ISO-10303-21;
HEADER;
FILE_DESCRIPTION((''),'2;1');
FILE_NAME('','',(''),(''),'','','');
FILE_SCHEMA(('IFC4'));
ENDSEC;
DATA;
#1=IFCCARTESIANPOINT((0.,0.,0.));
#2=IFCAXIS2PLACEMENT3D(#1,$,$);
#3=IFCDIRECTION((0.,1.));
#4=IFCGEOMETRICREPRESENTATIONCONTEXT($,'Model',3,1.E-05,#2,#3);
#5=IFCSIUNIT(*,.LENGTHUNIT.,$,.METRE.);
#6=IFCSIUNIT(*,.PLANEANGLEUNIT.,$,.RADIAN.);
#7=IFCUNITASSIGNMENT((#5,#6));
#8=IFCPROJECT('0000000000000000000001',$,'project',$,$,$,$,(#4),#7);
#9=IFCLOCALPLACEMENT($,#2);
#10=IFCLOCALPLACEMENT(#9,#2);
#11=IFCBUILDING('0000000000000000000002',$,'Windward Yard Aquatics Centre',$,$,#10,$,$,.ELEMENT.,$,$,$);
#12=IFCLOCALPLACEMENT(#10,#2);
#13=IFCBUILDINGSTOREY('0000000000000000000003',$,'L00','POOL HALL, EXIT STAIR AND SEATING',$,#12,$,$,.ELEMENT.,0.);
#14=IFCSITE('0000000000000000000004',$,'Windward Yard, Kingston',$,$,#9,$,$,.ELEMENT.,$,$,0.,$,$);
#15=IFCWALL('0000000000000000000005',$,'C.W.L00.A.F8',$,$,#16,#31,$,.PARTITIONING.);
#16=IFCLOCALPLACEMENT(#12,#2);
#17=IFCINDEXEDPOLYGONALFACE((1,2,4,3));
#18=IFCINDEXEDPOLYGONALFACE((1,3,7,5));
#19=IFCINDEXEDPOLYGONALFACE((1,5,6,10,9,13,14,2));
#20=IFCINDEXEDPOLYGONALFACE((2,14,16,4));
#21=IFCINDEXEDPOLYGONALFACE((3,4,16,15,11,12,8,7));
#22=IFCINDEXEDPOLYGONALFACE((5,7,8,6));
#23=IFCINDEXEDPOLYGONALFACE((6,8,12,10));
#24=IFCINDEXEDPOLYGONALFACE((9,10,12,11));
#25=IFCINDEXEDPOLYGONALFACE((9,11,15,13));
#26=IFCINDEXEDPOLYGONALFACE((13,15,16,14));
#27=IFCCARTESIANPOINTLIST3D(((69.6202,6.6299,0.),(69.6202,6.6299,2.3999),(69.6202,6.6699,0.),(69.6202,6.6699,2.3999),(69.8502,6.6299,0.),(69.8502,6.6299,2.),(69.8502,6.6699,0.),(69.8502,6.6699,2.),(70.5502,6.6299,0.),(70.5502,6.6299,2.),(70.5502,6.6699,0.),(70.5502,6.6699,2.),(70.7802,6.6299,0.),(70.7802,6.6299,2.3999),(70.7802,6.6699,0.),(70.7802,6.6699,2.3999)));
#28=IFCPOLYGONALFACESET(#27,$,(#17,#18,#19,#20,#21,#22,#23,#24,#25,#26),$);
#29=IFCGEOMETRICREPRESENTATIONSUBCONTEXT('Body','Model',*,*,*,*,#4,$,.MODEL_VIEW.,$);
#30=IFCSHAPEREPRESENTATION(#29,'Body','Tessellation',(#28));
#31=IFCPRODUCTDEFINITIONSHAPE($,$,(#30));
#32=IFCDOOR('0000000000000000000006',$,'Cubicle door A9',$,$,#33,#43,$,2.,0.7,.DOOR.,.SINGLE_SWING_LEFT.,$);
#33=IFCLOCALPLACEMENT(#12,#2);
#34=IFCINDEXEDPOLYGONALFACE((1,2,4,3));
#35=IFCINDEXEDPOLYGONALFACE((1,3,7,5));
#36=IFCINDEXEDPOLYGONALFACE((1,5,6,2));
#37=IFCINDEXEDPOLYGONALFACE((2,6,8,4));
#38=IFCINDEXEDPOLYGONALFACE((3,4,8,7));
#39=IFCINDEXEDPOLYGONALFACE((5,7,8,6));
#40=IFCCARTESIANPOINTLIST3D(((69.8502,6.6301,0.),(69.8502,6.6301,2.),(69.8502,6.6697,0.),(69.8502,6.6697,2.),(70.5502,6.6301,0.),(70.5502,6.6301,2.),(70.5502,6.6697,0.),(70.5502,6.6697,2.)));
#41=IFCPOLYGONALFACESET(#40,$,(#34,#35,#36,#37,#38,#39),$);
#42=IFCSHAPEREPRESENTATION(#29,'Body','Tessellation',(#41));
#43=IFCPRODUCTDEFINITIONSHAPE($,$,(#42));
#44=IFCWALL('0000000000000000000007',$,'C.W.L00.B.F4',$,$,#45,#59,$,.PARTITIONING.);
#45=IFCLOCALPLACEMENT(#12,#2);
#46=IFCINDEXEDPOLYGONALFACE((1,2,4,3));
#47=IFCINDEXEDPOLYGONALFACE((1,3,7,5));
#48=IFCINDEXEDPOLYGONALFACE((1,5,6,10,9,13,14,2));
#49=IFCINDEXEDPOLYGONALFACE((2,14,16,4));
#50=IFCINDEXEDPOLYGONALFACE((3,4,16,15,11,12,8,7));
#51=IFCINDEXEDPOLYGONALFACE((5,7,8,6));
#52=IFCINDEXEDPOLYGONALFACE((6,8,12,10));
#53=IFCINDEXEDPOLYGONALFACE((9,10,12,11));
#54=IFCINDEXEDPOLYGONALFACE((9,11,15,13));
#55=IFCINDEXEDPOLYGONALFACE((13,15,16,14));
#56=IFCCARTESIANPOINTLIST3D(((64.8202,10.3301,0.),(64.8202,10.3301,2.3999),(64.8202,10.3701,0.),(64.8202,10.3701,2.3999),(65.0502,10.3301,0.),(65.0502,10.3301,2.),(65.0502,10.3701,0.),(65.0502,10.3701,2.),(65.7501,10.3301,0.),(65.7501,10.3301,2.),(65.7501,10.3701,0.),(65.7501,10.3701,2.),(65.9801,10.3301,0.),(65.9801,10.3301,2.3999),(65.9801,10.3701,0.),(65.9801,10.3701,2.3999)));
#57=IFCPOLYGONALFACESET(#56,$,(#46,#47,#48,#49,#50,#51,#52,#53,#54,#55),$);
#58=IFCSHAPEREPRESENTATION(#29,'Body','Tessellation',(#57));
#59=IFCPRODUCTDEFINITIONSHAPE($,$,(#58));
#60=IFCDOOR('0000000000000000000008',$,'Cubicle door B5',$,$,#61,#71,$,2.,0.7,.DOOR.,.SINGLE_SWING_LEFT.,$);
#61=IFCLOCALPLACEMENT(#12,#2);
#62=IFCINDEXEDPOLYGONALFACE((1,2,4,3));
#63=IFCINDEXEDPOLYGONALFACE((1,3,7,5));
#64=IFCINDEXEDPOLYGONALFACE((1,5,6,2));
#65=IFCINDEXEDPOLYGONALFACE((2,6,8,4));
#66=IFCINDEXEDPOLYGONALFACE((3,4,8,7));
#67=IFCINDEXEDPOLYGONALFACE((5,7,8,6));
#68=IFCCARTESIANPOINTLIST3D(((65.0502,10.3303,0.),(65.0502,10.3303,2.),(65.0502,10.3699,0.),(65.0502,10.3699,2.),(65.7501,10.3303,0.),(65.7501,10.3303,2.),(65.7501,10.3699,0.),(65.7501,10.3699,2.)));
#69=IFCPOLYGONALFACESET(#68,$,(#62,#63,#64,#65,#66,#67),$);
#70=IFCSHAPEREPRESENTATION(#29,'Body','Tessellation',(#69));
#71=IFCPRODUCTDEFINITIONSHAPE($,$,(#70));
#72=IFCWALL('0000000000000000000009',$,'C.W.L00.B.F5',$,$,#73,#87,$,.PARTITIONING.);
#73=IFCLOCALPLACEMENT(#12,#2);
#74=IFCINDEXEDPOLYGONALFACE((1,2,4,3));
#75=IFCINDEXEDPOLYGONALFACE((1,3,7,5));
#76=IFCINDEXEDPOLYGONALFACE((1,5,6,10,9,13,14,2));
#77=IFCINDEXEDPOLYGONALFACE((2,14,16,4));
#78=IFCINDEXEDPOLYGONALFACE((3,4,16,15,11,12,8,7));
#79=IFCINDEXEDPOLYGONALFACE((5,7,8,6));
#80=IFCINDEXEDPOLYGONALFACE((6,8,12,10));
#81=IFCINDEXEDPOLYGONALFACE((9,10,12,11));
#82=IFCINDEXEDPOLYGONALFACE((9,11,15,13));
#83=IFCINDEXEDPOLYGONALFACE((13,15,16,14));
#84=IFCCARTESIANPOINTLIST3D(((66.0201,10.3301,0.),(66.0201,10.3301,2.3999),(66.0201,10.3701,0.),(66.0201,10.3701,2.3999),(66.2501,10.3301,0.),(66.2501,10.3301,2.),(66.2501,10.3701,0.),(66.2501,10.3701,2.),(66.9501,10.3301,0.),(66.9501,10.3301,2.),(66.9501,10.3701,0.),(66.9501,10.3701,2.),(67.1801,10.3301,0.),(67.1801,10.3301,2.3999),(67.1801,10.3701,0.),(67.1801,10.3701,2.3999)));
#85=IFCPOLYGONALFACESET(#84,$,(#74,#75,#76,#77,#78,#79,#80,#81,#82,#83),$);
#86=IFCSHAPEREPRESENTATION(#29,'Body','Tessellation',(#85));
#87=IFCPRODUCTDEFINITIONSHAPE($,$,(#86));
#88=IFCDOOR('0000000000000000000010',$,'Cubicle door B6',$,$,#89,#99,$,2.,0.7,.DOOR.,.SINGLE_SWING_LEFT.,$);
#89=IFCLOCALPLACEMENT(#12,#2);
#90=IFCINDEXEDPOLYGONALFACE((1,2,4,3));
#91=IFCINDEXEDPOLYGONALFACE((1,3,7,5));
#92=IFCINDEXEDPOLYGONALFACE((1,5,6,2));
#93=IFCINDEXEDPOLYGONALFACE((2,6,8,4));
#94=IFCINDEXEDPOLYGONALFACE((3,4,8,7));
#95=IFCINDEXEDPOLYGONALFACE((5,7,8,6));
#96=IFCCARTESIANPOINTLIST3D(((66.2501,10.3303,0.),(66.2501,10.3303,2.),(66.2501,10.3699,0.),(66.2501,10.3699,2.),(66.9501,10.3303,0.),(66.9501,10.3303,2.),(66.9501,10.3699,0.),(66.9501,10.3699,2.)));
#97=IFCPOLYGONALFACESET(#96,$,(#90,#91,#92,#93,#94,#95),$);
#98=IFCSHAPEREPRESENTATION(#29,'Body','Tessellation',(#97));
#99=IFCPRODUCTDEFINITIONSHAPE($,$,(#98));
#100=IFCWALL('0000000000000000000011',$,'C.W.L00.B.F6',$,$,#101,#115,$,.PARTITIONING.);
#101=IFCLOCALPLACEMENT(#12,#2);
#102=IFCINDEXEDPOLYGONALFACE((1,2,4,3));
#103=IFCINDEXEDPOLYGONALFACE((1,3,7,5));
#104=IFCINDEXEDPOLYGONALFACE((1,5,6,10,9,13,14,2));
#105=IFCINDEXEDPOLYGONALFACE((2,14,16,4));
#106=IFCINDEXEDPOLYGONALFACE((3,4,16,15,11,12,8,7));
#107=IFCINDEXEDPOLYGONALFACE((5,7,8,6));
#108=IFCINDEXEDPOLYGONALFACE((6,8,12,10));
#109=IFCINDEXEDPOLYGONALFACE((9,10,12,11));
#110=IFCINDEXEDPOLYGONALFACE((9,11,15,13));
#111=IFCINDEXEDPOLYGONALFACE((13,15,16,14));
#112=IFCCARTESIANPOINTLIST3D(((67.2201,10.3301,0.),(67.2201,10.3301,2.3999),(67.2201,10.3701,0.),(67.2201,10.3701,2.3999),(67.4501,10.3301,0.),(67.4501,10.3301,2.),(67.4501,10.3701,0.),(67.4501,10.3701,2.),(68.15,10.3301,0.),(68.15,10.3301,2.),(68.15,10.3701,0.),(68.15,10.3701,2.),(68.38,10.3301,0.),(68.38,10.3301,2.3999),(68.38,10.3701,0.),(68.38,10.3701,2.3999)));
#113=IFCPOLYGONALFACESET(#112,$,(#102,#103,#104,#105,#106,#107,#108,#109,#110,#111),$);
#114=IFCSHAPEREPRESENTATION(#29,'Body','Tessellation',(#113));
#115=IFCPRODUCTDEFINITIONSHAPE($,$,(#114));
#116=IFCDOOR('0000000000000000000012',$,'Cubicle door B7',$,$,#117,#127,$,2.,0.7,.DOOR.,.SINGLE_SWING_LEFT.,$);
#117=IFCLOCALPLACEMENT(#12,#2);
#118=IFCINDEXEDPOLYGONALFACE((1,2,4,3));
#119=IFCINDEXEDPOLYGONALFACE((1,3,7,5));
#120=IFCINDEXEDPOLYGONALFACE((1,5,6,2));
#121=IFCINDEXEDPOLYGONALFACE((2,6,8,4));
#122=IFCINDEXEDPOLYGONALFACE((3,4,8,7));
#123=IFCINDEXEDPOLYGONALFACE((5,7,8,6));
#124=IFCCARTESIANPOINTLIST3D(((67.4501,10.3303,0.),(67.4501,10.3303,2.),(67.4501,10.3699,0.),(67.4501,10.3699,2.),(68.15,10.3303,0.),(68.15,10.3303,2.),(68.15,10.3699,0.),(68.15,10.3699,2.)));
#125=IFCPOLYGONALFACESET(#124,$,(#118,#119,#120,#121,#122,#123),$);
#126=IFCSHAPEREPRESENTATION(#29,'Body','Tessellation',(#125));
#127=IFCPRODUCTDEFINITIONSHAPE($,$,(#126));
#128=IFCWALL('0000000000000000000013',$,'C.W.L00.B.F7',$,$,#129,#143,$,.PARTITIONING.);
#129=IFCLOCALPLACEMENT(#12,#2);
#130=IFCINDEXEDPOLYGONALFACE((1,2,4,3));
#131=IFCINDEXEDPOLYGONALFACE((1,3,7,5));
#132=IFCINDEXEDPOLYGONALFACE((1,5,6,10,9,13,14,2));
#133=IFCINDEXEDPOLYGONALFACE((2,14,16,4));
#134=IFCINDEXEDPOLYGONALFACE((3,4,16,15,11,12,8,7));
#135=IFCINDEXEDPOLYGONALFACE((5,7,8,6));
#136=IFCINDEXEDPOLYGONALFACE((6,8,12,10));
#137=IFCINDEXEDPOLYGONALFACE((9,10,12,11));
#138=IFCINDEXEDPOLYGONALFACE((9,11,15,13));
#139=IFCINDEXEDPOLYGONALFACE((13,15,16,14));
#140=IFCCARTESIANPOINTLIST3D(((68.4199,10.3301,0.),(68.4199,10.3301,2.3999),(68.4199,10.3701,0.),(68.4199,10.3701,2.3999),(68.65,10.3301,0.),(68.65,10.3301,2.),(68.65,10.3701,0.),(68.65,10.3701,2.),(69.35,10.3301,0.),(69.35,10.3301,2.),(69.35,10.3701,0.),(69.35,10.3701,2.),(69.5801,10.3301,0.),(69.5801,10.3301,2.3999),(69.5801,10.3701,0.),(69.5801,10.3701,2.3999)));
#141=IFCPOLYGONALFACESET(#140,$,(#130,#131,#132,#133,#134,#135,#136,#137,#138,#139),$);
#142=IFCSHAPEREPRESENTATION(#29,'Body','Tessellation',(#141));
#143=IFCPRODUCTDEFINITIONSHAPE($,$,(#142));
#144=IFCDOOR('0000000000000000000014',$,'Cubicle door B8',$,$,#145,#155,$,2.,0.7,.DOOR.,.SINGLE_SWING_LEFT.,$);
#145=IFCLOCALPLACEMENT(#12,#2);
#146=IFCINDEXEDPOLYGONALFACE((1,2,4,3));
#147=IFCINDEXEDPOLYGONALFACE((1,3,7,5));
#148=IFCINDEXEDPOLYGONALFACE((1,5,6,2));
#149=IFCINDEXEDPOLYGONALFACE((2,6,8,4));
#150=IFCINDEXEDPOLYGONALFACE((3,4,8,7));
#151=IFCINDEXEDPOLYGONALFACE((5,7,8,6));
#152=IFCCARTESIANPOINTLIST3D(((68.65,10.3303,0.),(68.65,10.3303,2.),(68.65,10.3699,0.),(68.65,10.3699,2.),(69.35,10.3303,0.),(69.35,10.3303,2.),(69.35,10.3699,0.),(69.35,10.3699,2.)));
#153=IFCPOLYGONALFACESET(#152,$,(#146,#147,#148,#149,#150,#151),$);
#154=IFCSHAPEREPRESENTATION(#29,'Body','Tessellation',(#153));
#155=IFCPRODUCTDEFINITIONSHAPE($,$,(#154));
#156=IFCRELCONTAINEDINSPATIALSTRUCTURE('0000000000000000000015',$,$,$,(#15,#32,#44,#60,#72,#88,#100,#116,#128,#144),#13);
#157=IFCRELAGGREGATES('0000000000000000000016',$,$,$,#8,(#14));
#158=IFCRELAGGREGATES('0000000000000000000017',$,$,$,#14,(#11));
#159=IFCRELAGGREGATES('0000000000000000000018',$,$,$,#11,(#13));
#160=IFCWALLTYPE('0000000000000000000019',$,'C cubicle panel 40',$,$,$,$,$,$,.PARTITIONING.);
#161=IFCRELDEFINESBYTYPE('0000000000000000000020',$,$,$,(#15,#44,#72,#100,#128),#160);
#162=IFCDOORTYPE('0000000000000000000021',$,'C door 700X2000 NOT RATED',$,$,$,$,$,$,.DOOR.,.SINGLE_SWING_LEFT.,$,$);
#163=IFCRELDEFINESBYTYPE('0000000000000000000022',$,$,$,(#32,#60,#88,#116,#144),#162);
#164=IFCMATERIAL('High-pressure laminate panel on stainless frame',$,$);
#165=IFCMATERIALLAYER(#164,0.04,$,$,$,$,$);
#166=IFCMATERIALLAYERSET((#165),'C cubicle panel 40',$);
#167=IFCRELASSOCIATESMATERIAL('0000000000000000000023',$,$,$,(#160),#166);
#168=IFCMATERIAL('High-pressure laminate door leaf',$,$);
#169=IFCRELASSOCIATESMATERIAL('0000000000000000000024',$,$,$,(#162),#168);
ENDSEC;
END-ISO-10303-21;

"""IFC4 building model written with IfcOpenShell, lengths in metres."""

from ifc_helpers import new_model, si_unit, direction, frame, frame_2d, origin, place, context, subcontext, project, spatial, rectangle, extrude, material, layer, layer_set, type_object, element, fill, save


model = new_model("IFC4")

# Units and contexts
model_context = context("Model", 3, precision=1e-05, world=origin(), true_north=direction((0.0, 1.0)))
body_context = subcontext(model_context, "Body", "Model", "MODEL_VIEW")
ifc_project = project(units=[si_unit("LENGTHUNIT", "METRE"), si_unit("PLANEANGLEUNIT", "RADIAN")], contexts=[model_context])

# Site, building, storey
site_placement = place(None, origin())
site = spatial("IfcSite", under=ifc_project, at=site_placement, Name="Windward Yard, Kingston", CompositionType="ELEMENT", RefElevation=0.0)
building_placement = place(site_placement, origin())
building = spatial("IfcBuilding", under=site, at=building_placement, Name="Windward Yard Aquatics Centre", CompositionType="ELEMENT")
storey_placement = place(building_placement, origin())
storey = spatial("IfcBuildingStorey", under=building, at=storey_placement, Name="L00", Description="POOL HALL, EXIT STAIR AND SEATING", CompositionType="ELEMENT", Elevation=0.0)

# Shared definitions
ifc_material_1 = material(Name="High-pressure laminate panel on stainless frame")
ifc_layer = layer(ifc_material_1, 0.04)
ifc_layer_set = layer_set([ifc_layer], Name="C cubicle panel 40")
wall_type = type_object("IfcWallType", Name="C cubicle panel 40", PredefinedType="PARTITIONING", material=ifc_layer_set)

# Walls, openings, doors
ifc_material_2 = material(Name="High-pressure laminate door leaf")
door_type = type_object("IfcDoorType", Name="C door 700X2000 NOT RATED", OperationType="SINGLE_SWING_LEFT", PredefinedType="DOOR", material=ifc_material_2)
wall_1_placement = place(storey_placement, frame((69.6201, 6.6499, 0.0), z_axis=(0.0, 0.0, 1.0), x_axis=(1.0, 0.0, 0.0)))
wall_1 = element("IfcWall", 1, at=wall_1_placement, inside=storey, type_object=wall_type, Name="C.W.L00.A.F8", PredefinedType="PARTITIONING", context=body_context, shape_type="SweptSolid", body=[
    extrude(rectangle(XDim=1.1599, YDim=0.04, at=frame_2d((0.5801, 0.0))), origin(), (0.0, 0.0, 1.0), 2.3999),
])
opening_1_placement = place(wall_1_placement, frame((0.23, 0.0, 0.0)))
opening_1 = element("IfcOpeningElement", 2, at=opening_1_placement, cuts=wall_1, PredefinedType="OPENING", context=body_context, shape_type="SweptSolid", body=[
    extrude(rectangle(XDim=0.7, YDim=2.0, at=frame_2d((0.3501, 1.0))), frame((0.0, 0.03, 0.0), z_axis=(0.0, -1.0, 0.0), x_axis=(1.0, 0.0, 0.0)), (0.0, 0.0, 1.0), 0.0601),
])
door_1_placement = place(opening_1_placement, origin())
door_1 = element("IfcDoor", 3, at=door_1_placement, inside=storey, type_object=door_type, Name="Cubicle door A9", OperationType="SINGLE_SWING_LEFT", OverallHeight=2.0, OverallWidth=0.7, PredefinedType="DOOR", context=body_context, shape_type="SweptSolid", body=[
    extrude(rectangle(XDim=0.7, YDim=2.0, at=frame_2d((0.3501, 1.0))), frame((0.0, 0.0198, 0.0), z_axis=(0.0, -1.0, 0.0), x_axis=(1.0, 0.0, 0.0)), (0.0, 0.0, 1.0), 0.0396),
])
fill(opening_1, door_1)
wall_2_placement = place(storey_placement, frame((64.8201, 10.3501, 0.0), z_axis=(0.0, 0.0, 1.0), x_axis=(1.0, 0.0, 0.0)))
wall_2 = element("IfcWall", 4, at=wall_2_placement, inside=storey, type_object=wall_type, Name="C.W.L00.B.F4", PredefinedType="PARTITIONING", context=body_context, shape_type="SweptSolid", body=[
    extrude(rectangle(XDim=1.1599, YDim=0.04, at=frame_2d((0.5801, 0.0))), origin(), (0.0, 0.0, 1.0), 2.3999),
])
opening_2_placement = place(wall_2_placement, frame((0.23, 0.0, 0.0)))
opening_2 = element("IfcOpeningElement", 5, at=opening_2_placement, cuts=wall_2, PredefinedType="OPENING", context=body_context, shape_type="SweptSolid", body=[
    extrude(rectangle(XDim=0.7, YDim=2.0, at=frame_2d((0.3501, 1.0))), frame((0.0, 0.03, 0.0), z_axis=(0.0, -1.0, 0.0), x_axis=(1.0, 0.0, 0.0)), (0.0, 0.0, 1.0), 0.0601),
])
door_2_placement = place(opening_2_placement, origin())
door_2 = element("IfcDoor", 6, at=door_2_placement, inside=storey, type_object=door_type, Name="Cubicle door B5", OperationType="SINGLE_SWING_LEFT", OverallHeight=2.0, OverallWidth=0.7, PredefinedType="DOOR", context=body_context, shape_type="SweptSolid", body=[
    extrude(rectangle(XDim=0.7, YDim=2.0, at=frame_2d((0.3501, 1.0))), frame((0.0, 0.0198, 0.0), z_axis=(0.0, -1.0, 0.0), x_axis=(1.0, 0.0, 0.0)), (0.0, 0.0, 1.0), 0.0396),
])
fill(opening_2, door_2)
wall_3_placement = place(storey_placement, frame((66.02, 10.3501, 0.0), z_axis=(0.0, 0.0, 1.0), x_axis=(1.0, 0.0, 0.0)))
wall_3 = element("IfcWall", 7, at=wall_3_placement, inside=storey, type_object=wall_type, Name="C.W.L00.B.F5", PredefinedType="PARTITIONING", context=body_context, shape_type="SweptSolid", body=[
    extrude(rectangle(XDim=1.1599, YDim=0.04, at=frame_2d((0.5801, 0.0))), origin(), (0.0, 0.0, 1.0), 2.3999),
])
opening_3_placement = place(wall_3_placement, frame((0.23, 0.0, 0.0)))
opening_3 = element("IfcOpeningElement", 8, at=opening_3_placement, cuts=wall_3, PredefinedType="OPENING", context=body_context, shape_type="SweptSolid", body=[
    extrude(rectangle(XDim=0.7, YDim=2.0, at=frame_2d((0.3501, 1.0))), frame((0.0, 0.03, 0.0), z_axis=(0.0, -1.0, 0.0), x_axis=(1.0, 0.0, 0.0)), (0.0, 0.0, 1.0), 0.0601),
])
door_3_placement = place(opening_3_placement, origin())
door_3 = element("IfcDoor", 9, at=door_3_placement, inside=storey, type_object=door_type, Name="Cubicle door B6", OperationType="SINGLE_SWING_LEFT", OverallHeight=2.0, OverallWidth=0.7, PredefinedType="DOOR", context=body_context, shape_type="SweptSolid", body=[
    extrude(rectangle(XDim=0.7, YDim=2.0, at=frame_2d((0.3501, 1.0))), frame((0.0, 0.0198, 0.0), z_axis=(0.0, -1.0, 0.0), x_axis=(1.0, 0.0, 0.0)), (0.0, 0.0, 1.0), 0.0396),
])
fill(opening_3, door_3)
wall_4_placement = place(storey_placement, frame((67.22, 10.3501, 0.0), z_axis=(0.0, 0.0, 1.0), x_axis=(1.0, 0.0, 0.0)))
wall_4 = element("IfcWall", 10, at=wall_4_placement, inside=storey, type_object=wall_type, Name="C.W.L00.B.F6", PredefinedType="PARTITIONING", context=body_context, shape_type="SweptSolid", body=[
    extrude(rectangle(XDim=1.1599, YDim=0.04, at=frame_2d((0.5801, 0.0))), origin(), (0.0, 0.0, 1.0), 2.3999),
])
opening_4_placement = place(wall_4_placement, frame((0.23, 0.0, 0.0)))
opening_4 = element("IfcOpeningElement", 11, at=opening_4_placement, cuts=wall_4, PredefinedType="OPENING", context=body_context, shape_type="SweptSolid", body=[
    extrude(rectangle(XDim=0.7, YDim=2.0, at=frame_2d((0.3501, 1.0))), frame((0.0, 0.03, 0.0), z_axis=(0.0, -1.0, 0.0), x_axis=(1.0, 0.0, 0.0)), (0.0, 0.0, 1.0), 0.0601),
])
door_4_placement = place(opening_4_placement, origin())
door_4 = element("IfcDoor", 12, at=door_4_placement, inside=storey, type_object=door_type, Name="Cubicle door B7", OperationType="SINGLE_SWING_LEFT", OverallHeight=2.0, OverallWidth=0.7, PredefinedType="DOOR", context=body_context, shape_type="SweptSolid", body=[
    extrude(rectangle(XDim=0.7, YDim=2.0, at=frame_2d((0.3501, 1.0))), frame((0.0, 0.0198, 0.0), z_axis=(0.0, -1.0, 0.0), x_axis=(1.0, 0.0, 0.0)), (0.0, 0.0, 1.0), 0.0396),
])
fill(opening_4, door_4)
wall_5_placement = place(storey_placement, frame((68.4199, 10.3501, 0.0), z_axis=(0.0, 0.0, 1.0), x_axis=(1.0, 0.0, 0.0)))
wall_5 = element("IfcWall", 13, at=wall_5_placement, inside=storey, type_object=wall_type, Name="C.W.L00.B.F7", PredefinedType="PARTITIONING", context=body_context, shape_type="SweptSolid", body=[
    extrude(rectangle(XDim=1.1602, YDim=0.04, at=frame_2d((0.5801, 0.0))), origin(), (0.0, 0.0, 1.0), 2.3999),
])
opening_5_placement = place(wall_5_placement, frame((0.23, 0.0, 0.0)))
opening_5 = element("IfcOpeningElement", 14, at=opening_5_placement, cuts=wall_5, PredefinedType="OPENING", context=body_context, shape_type="SweptSolid", body=[
    extrude(rectangle(XDim=0.7, YDim=2.0, at=frame_2d((0.3501, 1.0))), frame((0.0, 0.03, 0.0), z_axis=(0.0, -1.0, 0.0), x_axis=(1.0, 0.0, 0.0)), (0.0, 0.0, 1.0), 0.0601),
])
door_5_placement = place(opening_5_placement, origin())
door_5 = element("IfcDoor", 15, at=door_5_placement, inside=storey, type_object=door_type, Name="Cubicle door B8", OperationType="SINGLE_SWING_LEFT", OverallHeight=2.0, OverallWidth=0.7, PredefinedType="DOOR", context=body_context, shape_type="SweptSolid", body=[
    extrude(rectangle(XDim=0.7, YDim=2.0, at=frame_2d((0.3501, 1.0))), frame((0.0, 0.0198, 0.0), z_axis=(0.0, -1.0, 0.0), x_axis=(1.0, 0.0, 0.0)), (0.0, 0.0, 1.0), 0.0396),
])
fill(opening_5, door_5)

save(model, "model.ifc")
